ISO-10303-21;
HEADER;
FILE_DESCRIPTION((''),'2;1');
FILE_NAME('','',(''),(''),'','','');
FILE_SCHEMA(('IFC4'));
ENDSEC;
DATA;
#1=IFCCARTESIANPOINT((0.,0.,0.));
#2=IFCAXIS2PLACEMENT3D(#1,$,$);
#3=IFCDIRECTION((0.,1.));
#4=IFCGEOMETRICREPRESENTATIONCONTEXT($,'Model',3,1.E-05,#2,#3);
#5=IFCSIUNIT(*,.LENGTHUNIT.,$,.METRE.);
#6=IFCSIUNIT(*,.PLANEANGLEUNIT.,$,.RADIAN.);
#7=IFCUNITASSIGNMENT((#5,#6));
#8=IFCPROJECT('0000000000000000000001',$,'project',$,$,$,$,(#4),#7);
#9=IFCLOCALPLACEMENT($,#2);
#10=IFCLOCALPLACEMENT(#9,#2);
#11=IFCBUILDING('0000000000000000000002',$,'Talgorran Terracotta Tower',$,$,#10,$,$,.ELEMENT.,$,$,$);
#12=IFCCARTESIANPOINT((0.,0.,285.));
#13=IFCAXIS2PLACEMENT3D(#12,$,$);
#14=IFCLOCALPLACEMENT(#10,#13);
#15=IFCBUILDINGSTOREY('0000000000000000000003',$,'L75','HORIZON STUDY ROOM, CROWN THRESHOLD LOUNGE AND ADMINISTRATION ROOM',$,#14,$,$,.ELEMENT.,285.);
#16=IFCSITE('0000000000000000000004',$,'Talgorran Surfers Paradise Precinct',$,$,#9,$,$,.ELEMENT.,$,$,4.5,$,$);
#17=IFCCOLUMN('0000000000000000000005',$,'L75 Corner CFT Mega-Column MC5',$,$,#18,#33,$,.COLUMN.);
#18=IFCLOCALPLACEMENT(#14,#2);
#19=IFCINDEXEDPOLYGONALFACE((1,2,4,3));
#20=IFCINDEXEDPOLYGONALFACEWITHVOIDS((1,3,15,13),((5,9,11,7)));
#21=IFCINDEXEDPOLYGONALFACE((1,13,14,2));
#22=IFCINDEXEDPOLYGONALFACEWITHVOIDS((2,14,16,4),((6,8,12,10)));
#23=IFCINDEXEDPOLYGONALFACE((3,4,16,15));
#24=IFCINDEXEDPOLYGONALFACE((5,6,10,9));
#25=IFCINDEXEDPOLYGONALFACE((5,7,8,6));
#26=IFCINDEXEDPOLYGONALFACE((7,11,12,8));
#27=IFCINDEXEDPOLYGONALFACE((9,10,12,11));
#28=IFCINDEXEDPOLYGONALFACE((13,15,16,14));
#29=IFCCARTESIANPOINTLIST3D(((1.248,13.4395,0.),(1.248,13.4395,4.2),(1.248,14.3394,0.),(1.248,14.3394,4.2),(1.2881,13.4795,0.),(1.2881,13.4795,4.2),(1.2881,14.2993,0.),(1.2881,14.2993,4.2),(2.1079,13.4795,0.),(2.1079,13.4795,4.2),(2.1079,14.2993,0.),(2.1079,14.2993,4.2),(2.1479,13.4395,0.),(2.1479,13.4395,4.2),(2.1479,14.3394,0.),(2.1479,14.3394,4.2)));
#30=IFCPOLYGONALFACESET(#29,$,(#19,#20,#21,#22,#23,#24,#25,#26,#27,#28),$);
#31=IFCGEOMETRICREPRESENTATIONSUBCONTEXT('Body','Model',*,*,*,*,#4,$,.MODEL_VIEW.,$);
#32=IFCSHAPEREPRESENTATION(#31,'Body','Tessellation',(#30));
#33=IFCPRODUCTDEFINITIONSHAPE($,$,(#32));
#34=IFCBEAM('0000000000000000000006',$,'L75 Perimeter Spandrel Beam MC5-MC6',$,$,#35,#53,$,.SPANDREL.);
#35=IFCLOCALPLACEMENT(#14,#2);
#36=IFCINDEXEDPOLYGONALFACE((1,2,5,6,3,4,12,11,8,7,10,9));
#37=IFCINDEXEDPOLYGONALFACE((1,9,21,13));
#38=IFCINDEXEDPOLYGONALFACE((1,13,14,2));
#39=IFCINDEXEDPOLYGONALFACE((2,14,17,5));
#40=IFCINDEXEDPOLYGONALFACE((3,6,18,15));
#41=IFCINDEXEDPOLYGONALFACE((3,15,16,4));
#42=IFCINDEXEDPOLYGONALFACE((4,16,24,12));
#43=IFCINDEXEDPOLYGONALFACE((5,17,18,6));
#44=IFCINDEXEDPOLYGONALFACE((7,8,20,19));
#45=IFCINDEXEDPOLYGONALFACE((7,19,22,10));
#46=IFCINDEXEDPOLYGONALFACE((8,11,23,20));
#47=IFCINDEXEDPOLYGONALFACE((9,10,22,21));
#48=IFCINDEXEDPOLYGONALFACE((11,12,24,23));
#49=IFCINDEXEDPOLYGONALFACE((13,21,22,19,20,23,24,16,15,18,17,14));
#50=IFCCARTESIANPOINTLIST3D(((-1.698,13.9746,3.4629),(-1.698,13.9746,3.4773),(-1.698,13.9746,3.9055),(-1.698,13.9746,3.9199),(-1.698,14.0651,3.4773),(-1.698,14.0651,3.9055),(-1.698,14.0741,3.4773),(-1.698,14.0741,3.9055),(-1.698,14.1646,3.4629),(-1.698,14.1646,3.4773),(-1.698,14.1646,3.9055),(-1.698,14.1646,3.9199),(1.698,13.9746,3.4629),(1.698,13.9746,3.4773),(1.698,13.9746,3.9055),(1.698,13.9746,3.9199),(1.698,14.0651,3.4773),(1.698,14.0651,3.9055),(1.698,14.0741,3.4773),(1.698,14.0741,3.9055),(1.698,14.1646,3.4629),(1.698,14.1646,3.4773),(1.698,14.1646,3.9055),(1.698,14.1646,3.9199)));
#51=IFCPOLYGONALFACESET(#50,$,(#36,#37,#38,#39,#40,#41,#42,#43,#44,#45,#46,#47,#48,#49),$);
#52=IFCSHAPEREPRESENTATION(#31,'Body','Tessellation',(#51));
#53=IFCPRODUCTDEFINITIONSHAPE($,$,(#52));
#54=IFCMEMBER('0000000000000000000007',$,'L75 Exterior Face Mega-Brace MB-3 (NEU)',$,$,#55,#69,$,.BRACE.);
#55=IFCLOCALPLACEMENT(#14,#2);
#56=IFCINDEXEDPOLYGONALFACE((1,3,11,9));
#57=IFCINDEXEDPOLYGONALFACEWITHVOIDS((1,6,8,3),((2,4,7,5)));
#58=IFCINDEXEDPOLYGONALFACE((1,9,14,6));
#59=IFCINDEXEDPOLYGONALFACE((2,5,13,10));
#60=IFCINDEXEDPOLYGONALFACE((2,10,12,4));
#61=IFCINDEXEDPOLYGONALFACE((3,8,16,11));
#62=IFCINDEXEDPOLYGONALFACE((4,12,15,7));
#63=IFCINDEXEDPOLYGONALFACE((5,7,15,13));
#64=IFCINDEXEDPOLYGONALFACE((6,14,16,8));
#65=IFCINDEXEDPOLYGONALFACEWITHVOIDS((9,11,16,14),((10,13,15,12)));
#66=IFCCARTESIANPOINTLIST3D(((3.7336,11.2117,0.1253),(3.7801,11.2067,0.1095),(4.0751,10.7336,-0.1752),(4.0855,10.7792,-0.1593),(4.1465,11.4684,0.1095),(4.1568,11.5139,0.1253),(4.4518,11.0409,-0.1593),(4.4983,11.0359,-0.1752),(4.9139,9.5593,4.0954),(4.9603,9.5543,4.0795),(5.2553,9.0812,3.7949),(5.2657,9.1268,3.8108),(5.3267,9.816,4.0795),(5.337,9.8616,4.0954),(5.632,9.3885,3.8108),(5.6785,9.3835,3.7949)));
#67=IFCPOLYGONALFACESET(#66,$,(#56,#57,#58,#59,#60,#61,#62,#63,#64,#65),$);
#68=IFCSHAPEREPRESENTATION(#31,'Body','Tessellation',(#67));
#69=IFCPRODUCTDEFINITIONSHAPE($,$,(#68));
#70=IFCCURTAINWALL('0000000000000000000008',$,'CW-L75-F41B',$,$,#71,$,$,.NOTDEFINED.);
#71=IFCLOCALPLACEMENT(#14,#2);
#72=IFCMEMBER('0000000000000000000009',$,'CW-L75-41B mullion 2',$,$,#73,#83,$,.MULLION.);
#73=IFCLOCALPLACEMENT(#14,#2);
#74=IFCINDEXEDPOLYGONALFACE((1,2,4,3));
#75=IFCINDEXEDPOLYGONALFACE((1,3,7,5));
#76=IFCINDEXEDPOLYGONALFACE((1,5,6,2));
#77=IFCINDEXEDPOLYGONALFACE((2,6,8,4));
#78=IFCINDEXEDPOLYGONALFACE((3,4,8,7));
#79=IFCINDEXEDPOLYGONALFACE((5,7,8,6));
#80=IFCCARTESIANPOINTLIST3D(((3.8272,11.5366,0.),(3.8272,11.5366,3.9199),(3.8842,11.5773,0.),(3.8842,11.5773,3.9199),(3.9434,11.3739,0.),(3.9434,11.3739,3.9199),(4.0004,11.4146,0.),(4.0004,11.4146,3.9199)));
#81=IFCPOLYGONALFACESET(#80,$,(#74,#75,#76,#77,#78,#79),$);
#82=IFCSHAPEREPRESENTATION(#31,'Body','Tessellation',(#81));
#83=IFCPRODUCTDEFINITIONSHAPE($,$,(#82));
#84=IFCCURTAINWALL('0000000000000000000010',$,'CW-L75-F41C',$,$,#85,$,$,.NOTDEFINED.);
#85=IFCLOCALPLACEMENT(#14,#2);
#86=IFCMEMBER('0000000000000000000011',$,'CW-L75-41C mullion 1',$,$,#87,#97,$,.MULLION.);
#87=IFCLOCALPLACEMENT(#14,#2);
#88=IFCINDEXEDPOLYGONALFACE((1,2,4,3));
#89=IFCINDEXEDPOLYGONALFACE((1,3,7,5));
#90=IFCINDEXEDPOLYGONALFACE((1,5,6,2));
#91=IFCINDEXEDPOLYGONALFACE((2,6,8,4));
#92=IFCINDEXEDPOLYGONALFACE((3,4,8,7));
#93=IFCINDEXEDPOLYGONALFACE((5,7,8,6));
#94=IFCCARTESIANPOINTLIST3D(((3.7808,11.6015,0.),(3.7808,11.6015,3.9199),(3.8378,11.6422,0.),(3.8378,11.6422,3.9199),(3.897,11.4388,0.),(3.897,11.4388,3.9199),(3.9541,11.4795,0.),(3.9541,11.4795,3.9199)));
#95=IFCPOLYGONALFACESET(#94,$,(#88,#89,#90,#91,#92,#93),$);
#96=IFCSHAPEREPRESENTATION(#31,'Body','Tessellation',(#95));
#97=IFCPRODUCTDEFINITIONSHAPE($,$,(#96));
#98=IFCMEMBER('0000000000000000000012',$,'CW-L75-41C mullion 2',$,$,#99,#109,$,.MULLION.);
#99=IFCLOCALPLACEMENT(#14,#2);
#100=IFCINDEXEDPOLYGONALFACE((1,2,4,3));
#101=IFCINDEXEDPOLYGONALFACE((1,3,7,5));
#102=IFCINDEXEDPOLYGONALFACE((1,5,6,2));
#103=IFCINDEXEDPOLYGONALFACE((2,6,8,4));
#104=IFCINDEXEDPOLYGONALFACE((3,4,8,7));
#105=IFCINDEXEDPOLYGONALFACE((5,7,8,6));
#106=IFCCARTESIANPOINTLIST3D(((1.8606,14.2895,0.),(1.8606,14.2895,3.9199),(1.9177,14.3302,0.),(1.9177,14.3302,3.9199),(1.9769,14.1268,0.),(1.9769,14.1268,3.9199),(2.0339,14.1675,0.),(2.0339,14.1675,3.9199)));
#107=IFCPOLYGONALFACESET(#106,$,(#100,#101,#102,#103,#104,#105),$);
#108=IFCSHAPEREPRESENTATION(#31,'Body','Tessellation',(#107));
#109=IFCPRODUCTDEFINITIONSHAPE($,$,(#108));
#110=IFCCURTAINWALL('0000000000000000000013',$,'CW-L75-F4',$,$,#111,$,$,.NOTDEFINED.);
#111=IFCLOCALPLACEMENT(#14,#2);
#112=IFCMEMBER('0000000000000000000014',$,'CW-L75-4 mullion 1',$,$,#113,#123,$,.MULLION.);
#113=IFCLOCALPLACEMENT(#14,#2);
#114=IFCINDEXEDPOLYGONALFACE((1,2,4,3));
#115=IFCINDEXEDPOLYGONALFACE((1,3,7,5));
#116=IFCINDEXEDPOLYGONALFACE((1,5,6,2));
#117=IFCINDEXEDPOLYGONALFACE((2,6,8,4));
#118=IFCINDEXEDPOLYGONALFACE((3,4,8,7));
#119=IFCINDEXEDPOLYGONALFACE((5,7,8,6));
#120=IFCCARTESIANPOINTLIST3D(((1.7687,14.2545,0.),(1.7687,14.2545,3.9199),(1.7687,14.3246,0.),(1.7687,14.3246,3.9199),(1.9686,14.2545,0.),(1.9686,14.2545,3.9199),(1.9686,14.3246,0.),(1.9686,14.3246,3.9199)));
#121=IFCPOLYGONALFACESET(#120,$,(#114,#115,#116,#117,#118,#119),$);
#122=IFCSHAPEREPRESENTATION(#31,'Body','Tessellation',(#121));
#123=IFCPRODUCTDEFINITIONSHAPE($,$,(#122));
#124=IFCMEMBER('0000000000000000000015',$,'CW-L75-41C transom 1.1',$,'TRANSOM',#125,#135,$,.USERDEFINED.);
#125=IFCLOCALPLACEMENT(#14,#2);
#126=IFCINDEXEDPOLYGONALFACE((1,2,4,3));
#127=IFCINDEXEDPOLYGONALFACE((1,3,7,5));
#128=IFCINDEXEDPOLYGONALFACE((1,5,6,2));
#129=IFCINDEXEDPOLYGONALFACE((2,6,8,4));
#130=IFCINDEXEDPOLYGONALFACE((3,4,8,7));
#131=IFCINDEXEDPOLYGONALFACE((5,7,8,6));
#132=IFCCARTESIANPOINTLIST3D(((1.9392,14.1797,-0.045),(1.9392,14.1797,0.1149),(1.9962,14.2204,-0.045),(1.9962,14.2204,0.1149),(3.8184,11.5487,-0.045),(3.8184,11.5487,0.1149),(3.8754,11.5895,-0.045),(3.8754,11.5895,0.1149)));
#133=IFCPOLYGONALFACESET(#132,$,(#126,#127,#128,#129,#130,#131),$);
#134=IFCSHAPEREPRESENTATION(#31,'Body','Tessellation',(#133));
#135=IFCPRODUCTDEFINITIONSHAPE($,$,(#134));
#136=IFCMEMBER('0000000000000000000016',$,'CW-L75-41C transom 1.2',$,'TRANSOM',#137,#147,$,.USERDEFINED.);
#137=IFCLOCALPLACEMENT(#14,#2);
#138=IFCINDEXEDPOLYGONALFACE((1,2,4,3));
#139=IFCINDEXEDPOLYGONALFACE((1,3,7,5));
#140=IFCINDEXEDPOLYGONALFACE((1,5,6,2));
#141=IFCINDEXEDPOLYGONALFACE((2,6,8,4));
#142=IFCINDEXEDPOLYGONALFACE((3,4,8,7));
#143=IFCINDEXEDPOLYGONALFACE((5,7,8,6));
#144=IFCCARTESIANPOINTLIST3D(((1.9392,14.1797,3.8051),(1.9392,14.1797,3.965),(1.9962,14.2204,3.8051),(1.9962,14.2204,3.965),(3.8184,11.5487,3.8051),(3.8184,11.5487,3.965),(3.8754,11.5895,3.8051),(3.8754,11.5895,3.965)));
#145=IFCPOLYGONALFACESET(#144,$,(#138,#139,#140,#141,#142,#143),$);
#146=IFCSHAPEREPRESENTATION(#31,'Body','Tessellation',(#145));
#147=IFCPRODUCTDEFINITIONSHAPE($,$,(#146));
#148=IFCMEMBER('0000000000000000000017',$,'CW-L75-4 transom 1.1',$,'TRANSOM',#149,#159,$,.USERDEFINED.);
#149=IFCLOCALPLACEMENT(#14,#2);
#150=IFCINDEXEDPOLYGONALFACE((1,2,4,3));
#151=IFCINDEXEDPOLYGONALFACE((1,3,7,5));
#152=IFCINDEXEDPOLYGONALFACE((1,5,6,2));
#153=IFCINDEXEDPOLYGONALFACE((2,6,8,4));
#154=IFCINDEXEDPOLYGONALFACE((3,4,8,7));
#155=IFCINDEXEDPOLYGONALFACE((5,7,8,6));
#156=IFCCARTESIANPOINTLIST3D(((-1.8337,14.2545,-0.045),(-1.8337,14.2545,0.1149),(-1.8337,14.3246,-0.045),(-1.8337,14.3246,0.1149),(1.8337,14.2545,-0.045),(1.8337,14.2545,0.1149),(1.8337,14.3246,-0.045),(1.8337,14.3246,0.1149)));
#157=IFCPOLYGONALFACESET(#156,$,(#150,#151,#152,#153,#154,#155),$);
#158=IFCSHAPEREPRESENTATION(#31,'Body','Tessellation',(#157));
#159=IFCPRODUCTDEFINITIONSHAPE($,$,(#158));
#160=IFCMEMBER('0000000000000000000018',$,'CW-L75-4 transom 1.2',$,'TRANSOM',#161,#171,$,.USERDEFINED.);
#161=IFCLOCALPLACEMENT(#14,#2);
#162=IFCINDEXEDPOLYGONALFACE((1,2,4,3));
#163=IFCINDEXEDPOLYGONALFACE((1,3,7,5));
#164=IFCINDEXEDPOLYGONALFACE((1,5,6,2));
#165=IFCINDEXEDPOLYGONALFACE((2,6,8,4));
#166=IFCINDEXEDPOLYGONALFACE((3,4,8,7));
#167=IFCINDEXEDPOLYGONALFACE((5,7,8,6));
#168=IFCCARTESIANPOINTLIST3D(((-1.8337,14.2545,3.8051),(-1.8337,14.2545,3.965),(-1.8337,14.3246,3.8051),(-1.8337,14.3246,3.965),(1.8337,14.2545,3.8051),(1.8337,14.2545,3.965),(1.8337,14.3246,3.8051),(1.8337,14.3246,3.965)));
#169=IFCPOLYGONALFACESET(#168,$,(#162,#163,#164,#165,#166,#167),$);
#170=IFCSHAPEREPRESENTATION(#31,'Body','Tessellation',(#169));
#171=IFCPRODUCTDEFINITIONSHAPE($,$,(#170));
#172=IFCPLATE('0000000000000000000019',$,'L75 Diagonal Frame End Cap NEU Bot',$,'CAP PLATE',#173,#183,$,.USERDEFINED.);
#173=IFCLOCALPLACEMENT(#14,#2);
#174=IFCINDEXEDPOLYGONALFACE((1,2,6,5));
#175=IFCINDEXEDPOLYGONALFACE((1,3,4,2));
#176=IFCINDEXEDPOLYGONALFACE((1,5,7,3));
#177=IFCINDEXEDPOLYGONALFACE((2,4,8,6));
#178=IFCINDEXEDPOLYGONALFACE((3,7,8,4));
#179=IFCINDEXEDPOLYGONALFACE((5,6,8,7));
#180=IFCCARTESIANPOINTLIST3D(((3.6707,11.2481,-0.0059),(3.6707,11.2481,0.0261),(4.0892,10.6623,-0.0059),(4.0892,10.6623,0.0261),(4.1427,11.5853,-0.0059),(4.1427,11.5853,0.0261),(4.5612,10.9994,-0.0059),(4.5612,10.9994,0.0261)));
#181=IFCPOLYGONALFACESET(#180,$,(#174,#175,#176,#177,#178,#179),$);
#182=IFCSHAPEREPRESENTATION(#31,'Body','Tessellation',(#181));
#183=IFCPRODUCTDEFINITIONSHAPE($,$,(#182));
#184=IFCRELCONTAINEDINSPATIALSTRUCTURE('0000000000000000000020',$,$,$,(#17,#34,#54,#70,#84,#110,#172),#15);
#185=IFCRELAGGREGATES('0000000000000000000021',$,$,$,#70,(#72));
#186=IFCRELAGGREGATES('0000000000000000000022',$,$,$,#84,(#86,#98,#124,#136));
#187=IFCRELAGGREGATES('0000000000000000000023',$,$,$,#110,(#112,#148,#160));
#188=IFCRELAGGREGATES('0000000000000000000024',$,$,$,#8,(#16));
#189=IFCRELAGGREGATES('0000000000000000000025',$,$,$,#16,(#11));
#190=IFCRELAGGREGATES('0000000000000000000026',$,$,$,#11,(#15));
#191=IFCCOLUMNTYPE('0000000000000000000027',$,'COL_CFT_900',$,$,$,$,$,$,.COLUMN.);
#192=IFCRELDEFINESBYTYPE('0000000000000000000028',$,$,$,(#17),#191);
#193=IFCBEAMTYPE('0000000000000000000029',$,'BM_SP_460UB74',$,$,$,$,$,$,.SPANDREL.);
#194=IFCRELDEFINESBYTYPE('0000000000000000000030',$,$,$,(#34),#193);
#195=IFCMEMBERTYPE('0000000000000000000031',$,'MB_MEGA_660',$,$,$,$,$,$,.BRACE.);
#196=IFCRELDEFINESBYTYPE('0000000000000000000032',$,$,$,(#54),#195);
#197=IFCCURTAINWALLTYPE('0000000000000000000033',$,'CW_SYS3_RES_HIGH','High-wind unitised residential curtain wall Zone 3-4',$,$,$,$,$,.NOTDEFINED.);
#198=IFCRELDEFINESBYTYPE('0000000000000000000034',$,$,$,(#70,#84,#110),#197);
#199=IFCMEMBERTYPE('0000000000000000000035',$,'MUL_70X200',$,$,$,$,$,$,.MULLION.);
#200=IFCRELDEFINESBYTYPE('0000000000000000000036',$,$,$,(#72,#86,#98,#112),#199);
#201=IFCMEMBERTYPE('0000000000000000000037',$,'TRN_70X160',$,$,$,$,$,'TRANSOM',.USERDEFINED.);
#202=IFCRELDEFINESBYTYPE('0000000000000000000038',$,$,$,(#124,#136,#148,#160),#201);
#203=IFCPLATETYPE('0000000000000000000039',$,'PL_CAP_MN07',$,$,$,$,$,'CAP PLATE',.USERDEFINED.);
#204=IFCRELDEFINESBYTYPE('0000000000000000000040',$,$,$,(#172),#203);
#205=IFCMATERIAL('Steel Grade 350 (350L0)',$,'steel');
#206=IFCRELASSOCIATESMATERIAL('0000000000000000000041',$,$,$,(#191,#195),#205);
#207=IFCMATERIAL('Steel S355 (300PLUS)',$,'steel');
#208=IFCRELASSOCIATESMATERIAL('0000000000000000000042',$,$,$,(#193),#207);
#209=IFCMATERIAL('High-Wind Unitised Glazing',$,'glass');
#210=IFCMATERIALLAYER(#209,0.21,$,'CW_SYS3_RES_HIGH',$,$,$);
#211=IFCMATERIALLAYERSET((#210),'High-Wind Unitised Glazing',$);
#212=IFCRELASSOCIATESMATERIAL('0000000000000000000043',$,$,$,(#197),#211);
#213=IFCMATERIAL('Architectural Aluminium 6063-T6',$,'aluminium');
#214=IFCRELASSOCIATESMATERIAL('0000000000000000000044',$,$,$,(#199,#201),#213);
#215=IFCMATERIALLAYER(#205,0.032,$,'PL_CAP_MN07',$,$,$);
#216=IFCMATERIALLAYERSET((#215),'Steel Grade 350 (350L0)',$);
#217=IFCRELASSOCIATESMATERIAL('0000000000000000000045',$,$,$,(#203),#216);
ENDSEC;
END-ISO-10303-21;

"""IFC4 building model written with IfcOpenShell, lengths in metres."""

from ifc_helpers import new_model, si_unit, direction, frame, origin, origin_2d, place, context, subcontext, project, spatial, rectangle, hollow_rectangle, i_section, extrude, material, layer, layer_set, material_profile, profile_set, type_object, element, aggregate, save


model = new_model("IFC4")

# Units and contexts
model_context = context("Model", 3, precision=1e-05, world=origin(), true_north=direction((0.0, 1.0)))
body_context = subcontext(model_context, "Body", "Model", "MODEL_VIEW")
ifc_project = project(units=[si_unit("LENGTHUNIT", "METRE"), si_unit("PLANEANGLEUNIT", "RADIAN")], contexts=[model_context])

# Site, building, storey
site_placement = place(None, origin())
site = spatial("IfcSite", under=ifc_project, at=site_placement, Name="Talgorran Surfers Paradise Precinct", CompositionType="ELEMENT", RefElevation=4.5)
building_placement = place(site_placement, origin())
building = spatial("IfcBuilding", under=site, at=building_placement, Name="Talgorran Terracotta Tower", CompositionType="ELEMENT")
storey_placement = place(building_placement, frame((0.0, 0.0, 285.0)))
storey = spatial("IfcBuildingStorey", under=building, at=storey_placement, Name="L75", Description="HORIZON STUDY ROOM, CROWN THRESHOLD LOUNGE AND ADMINISTRATION ROOM", CompositionType="ELEMENT", Elevation=285.0)

# Column
ifc_material_1 = material(Name="Steel Grade 350 (350L0)", Category="steel")
ifc_material_profile_1 = material_profile(ifc_material_1, hollow_rectangle(XDim=0.8999, YDim=0.8999, WallThickness=0.04, at=origin_2d()), Name="CFT900X900X40")
ifc_profile_set_1 = profile_set([ifc_material_profile_1], Name="Steel Grade 350 (350L0)")
column_type = type_object("IfcColumnType", Name="COL_CFT_900", PredefinedType="COLUMN", material=ifc_profile_set_1)
column_placement = place(storey_placement, frame((1.698, 13.8894, 0.0), z_axis=(0.0, 0.0, 1.0), x_axis=(1.0, 0.0, 0.0)))
element("IfcColumn", 1, at=column_placement, inside=storey, type_object=column_type, Name="L75 Corner CFT Mega-Column MC5", PredefinedType="COLUMN", context=body_context, shape_type="SweptSolid", body=[
    extrude(hollow_rectangle(XDim=0.8999, YDim=0.8999, WallThickness=0.04, at=origin_2d()), origin(), (0.0, 0.0, 1.0), 4.2),
])

# Beam
ifc_material_2 = material(Name="Steel S355 (300PLUS)", Category="steel")
ifc_material_profile_2 = material_profile(ifc_material_2, i_section(OverallWidth=0.1899, OverallDepth=0.457, WebThickness=0.009, FlangeThickness=0.0144, at=origin_2d()), Name="460UB74.6")
ifc_profile_set_2 = profile_set([ifc_material_profile_2], Name="Steel S355 (300PLUS)")
beam_type = type_object("IfcBeamType", Name="BM_SP_460UB74", PredefinedType="SPANDREL", material=ifc_profile_set_2)
beam_placement = place(storey_placement, frame((1.698, 14.0696, 3.6914), z_axis=(-1.0, 0.0, 0.0), x_axis=(0.0, -1.0, 0.0)))
element("IfcBeam", 2, at=beam_placement, inside=storey, type_object=beam_type, Name="L75 Perimeter Spandrel Beam MC5-MC6", PredefinedType="SPANDREL", context=body_context, shape_type="SweptSolid", body=[
    extrude(i_section(OverallWidth=0.1899, OverallDepth=0.457, WebThickness=0.009, FlangeThickness=0.0144, at=origin_2d()), origin(), (0.0, 0.0, 1.0), 3.396),
])

# Member
ifc_material_profile_3 = material_profile(ifc_material_1, hollow_rectangle(XDim=0.52, YDim=0.6599, WallThickness=0.0349, at=origin_2d()), Name="WBOX660X520X35")
ifc_profile_set_3 = profile_set([ifc_material_profile_3], Name="Steel Grade 350 (350L0)")
member_type_1 = type_object("IfcMemberType", Name="MB_MEGA_660", PredefinedType="BRACE", material=ifc_profile_set_3)
member_1_placement = place(storey_placement, frame((4.116, 11.1238, -0.0249), z_axis=(0.264666, -0.370554, 0.890304), x_axis=(0.81375, 0.581215, 0.0)))
element("IfcMember", 3, at=member_1_placement, inside=storey, type_object=member_type_1, Name="L75 Exterior Face Mega-Brace MB-3 (NEU)", PredefinedType="BRACE", context=body_context, shape_type="SweptSolid", body=[
    extrude(hollow_rectangle(XDim=0.52, YDim=0.6599, WallThickness=0.0349, at=origin_2d()), origin(), (0.0, 0.0, 1.0), 4.4592),
])

# Curtain wall, member
ifc_material_3 = material(Name="High-Wind Unitised Glazing", Category="glass")
ifc_layer_1 = layer(ifc_material_3, 0.21, Name="CW_SYS3_RES_HIGH")
ifc_layer_set_1 = layer_set([ifc_layer_1], Name="High-Wind Unitised Glazing")
curtain_wall_type = type_object("IfcCurtainWallType", Name="CW_SYS3_RES_HIGH", Description="High-wind unitised residential curtain wall Zone 3-4", PredefinedType="NOTDEFINED", material=ifc_layer_set_1)
curtain_wall_1_placement = place(storey_placement, origin())
curtain_wall_1 = element("IfcCurtainWall", 4, at=curtain_wall_1_placement, inside=storey, type_object=curtain_wall_type, Name="CW-L75-F41B", PredefinedType="NOTDEFINED")
ifc_material_4 = material(Name="Architectural Aluminium 6063-T6", Category="aluminium")
ifc_material_profile_4 = material_profile(ifc_material_4, rectangle(XDim=0.0701, YDim=0.2, at=origin_2d()), Name="CWM70X200")
ifc_profile_set_4 = profile_set([ifc_material_profile_4], Name="Architectural Aluminium 6063-T6")
member_type_2 = type_object("IfcMemberType", Name="MUL_70X200", PredefinedType="MULLION", material=ifc_profile_set_4)
member_2_placement = place(storey_placement, frame((3.9138, 11.4756, 0.0), z_axis=(0.0, 0.0, 1.0), x_axis=(-0.813736, -0.581235, 0.0)))
member_2 = element("IfcMember", 5, at=member_2_placement, type_object=member_type_2, Name="CW-L75-41B mullion 2", PredefinedType="MULLION", context=body_context, shape_type="SweptSolid", body=[
    extrude(rectangle(XDim=0.0701, YDim=0.2, at=origin_2d()), origin(), (0.0, 0.0, 1.0), 3.9199),
])

# Curtain wall, members
curtain_wall_2_placement = place(storey_placement, origin())
curtain_wall_2 = element("IfcCurtainWall", 6, at=curtain_wall_2_placement, inside=storey, type_object=curtain_wall_type, Name="CW-L75-F41C", PredefinedType="NOTDEFINED")
member_3_placement = place(storey_placement, frame((3.8674, 11.5405, 0.0), z_axis=(0.0, 0.0, 1.0), x_axis=(-0.813725, -0.581249, 0.0)))
member_3 = element("IfcMember", 7, at=member_3_placement, type_object=member_type_2, Name="CW-L75-41C mullion 1", PredefinedType="MULLION", context=body_context, shape_type="SweptSolid", body=[
    extrude(rectangle(XDim=0.0701, YDim=0.2, at=origin_2d()), origin(), (0.0, 0.0, 1.0), 3.9199),
])
member_4_placement = place(storey_placement, frame((1.9473, 14.2285, 0.0), z_axis=(0.0, 0.0, 1.0), x_axis=(-0.813725, -0.581249, 0.0)))
member_4 = element("IfcMember", 8, at=member_4_placement, type_object=member_type_2, Name="CW-L75-41C mullion 2", PredefinedType="MULLION", context=body_context, shape_type="SweptSolid", body=[
    extrude(rectangle(XDim=0.0701, YDim=0.2, at=origin_2d()), origin(), (0.0, 0.0, 1.0), 3.9199),
])

# Curtain wall, member
curtain_wall_3_placement = place(storey_placement, origin())
curtain_wall_3 = element("IfcCurtainWall", 9, at=curtain_wall_3_placement, inside=storey, type_object=curtain_wall_type, Name="CW-L75-F4", PredefinedType="NOTDEFINED")
member_5_placement = place(storey_placement, frame((1.8687, 14.2896, 0.0), z_axis=(0.0, 0.0, 1.0), x_axis=(0.0, -1.0, 0.0)))
member_5 = element("IfcMember", 10, at=member_5_placement, type_object=member_type_2, Name="CW-L75-4 mullion 1", PredefinedType="MULLION", context=body_context, shape_type="SweptSolid", body=[
    extrude(rectangle(XDim=0.0701, YDim=0.2, at=origin_2d()), origin(), (0.0, 0.0, 1.0), 3.9199),
])

# Members
ifc_material_profile_5 = material_profile(ifc_material_4, rectangle(XDim=0.0701, YDim=0.1599, at=origin_2d()), Name="CWT70X160")
ifc_profile_set_5 = profile_set([ifc_material_profile_5], Name="Architectural Aluminium 6063-T6")
member_type_3 = type_object("IfcMemberType", Name="TRN_70X160", ElementType="TRANSOM", PredefinedType="USERDEFINED", material=ifc_profile_set_5)
member_6_placement = place(storey_placement, frame((3.8469, 11.5691, 0.0349), z_axis=(-0.581231, 0.813739, 0.0), x_axis=(-0.813739, -0.581231, 0.0)))
member_6 = element("IfcMember", 11, at=member_6_placement, type_object=member_type_3, Name="CW-L75-41C transom 1.1", ObjectType="TRANSOM", PredefinedType="USERDEFINED", context=body_context, shape_type="SweptSolid", body=[
    extrude(rectangle(XDim=0.0701, YDim=0.1599, at=origin_2d()), origin(), (0.0, 0.0, 1.0), 3.2332),
])
member_7_placement = place(storey_placement, frame((3.8469, 11.5691, 3.885), z_axis=(-0.581231, 0.813739, 0.0), x_axis=(-0.813739, -0.581231, 0.0)))
member_7 = element("IfcMember", 12, at=member_7_placement, type_object=member_type_3, Name="CW-L75-41C transom 1.2", ObjectType="TRANSOM", PredefinedType="USERDEFINED", context=body_context, shape_type="SweptSolid", body=[
    extrude(rectangle(XDim=0.0701, YDim=0.1599, at=origin_2d()), origin(), (0.0, 0.0, 1.0), 3.2332),
])
member_8_placement = place(storey_placement, frame((1.8337, 14.2896, 0.0349), z_axis=(-1.0, 0.0, 0.0), x_axis=(0.0, -1.0, 0.0)))
member_8 = element("IfcMember", 13, at=member_8_placement, type_object=member_type_3, Name="CW-L75-4 transom 1.1", ObjectType="TRANSOM", PredefinedType="USERDEFINED", context=body_context, shape_type="SweptSolid", body=[
    extrude(rectangle(XDim=0.0701, YDim=0.1599, at=origin_2d()), origin(), (0.0, 0.0, 1.0), 3.6675),
])
member_9_placement = place(storey_placement, frame((1.8337, 14.2896, 3.885), z_axis=(-1.0, 0.0, 0.0), x_axis=(0.0, -1.0, 0.0)))
member_9 = element("IfcMember", 14, at=member_9_placement, type_object=member_type_3, Name="CW-L75-4 transom 1.2", ObjectType="TRANSOM", PredefinedType="USERDEFINED", context=body_context, shape_type="SweptSolid", body=[
    extrude(rectangle(XDim=0.0701, YDim=0.1599, at=origin_2d()), origin(), (0.0, 0.0, 1.0), 3.6675),
])

# Plate
ifc_layer_2 = layer(ifc_material_1, 0.032, Name="PL_CAP_MN07")
ifc_layer_set_2 = layer_set([ifc_layer_2], Name="Steel Grade 350 (350L0)")
plate_type_1 = type_object("IfcPlateType", Name="PL_CAP_MN07", ElementType="CAP PLATE", PredefinedType="USERDEFINED", material=ifc_layer_set_2)
for number, where, z_axis, x_axis, name in (
    (15, (4.116, 11.1238, -0.0059), (0.0, 0.0, 1.0), (0.581271, -0.81371, 0.0), "L75 Diagonal Frame End Cap NEU Bot"),
):
    element("IfcPlate", number, at=place(storey_placement, frame(where, z_axis=z_axis, x_axis=x_axis)), inside=storey, type_object=plate_type_1, Name=name, ObjectType="CAP PLATE", PredefinedType="USERDEFINED", context=body_context, shape_type="SweptSolid", body=[
        extrude(rectangle(XDim=0.72, YDim=0.5801, at=origin_2d()), origin(), (0.0, 0.0, 1.0), 0.032),
    ])

aggregate(curtain_wall_1, [member_2])
aggregate(curtain_wall_2, [member_3, member_4, member_6, member_7])
aggregate(curtain_wall_3, [member_5, member_8, member_9])

save(model, "model.ifc")
